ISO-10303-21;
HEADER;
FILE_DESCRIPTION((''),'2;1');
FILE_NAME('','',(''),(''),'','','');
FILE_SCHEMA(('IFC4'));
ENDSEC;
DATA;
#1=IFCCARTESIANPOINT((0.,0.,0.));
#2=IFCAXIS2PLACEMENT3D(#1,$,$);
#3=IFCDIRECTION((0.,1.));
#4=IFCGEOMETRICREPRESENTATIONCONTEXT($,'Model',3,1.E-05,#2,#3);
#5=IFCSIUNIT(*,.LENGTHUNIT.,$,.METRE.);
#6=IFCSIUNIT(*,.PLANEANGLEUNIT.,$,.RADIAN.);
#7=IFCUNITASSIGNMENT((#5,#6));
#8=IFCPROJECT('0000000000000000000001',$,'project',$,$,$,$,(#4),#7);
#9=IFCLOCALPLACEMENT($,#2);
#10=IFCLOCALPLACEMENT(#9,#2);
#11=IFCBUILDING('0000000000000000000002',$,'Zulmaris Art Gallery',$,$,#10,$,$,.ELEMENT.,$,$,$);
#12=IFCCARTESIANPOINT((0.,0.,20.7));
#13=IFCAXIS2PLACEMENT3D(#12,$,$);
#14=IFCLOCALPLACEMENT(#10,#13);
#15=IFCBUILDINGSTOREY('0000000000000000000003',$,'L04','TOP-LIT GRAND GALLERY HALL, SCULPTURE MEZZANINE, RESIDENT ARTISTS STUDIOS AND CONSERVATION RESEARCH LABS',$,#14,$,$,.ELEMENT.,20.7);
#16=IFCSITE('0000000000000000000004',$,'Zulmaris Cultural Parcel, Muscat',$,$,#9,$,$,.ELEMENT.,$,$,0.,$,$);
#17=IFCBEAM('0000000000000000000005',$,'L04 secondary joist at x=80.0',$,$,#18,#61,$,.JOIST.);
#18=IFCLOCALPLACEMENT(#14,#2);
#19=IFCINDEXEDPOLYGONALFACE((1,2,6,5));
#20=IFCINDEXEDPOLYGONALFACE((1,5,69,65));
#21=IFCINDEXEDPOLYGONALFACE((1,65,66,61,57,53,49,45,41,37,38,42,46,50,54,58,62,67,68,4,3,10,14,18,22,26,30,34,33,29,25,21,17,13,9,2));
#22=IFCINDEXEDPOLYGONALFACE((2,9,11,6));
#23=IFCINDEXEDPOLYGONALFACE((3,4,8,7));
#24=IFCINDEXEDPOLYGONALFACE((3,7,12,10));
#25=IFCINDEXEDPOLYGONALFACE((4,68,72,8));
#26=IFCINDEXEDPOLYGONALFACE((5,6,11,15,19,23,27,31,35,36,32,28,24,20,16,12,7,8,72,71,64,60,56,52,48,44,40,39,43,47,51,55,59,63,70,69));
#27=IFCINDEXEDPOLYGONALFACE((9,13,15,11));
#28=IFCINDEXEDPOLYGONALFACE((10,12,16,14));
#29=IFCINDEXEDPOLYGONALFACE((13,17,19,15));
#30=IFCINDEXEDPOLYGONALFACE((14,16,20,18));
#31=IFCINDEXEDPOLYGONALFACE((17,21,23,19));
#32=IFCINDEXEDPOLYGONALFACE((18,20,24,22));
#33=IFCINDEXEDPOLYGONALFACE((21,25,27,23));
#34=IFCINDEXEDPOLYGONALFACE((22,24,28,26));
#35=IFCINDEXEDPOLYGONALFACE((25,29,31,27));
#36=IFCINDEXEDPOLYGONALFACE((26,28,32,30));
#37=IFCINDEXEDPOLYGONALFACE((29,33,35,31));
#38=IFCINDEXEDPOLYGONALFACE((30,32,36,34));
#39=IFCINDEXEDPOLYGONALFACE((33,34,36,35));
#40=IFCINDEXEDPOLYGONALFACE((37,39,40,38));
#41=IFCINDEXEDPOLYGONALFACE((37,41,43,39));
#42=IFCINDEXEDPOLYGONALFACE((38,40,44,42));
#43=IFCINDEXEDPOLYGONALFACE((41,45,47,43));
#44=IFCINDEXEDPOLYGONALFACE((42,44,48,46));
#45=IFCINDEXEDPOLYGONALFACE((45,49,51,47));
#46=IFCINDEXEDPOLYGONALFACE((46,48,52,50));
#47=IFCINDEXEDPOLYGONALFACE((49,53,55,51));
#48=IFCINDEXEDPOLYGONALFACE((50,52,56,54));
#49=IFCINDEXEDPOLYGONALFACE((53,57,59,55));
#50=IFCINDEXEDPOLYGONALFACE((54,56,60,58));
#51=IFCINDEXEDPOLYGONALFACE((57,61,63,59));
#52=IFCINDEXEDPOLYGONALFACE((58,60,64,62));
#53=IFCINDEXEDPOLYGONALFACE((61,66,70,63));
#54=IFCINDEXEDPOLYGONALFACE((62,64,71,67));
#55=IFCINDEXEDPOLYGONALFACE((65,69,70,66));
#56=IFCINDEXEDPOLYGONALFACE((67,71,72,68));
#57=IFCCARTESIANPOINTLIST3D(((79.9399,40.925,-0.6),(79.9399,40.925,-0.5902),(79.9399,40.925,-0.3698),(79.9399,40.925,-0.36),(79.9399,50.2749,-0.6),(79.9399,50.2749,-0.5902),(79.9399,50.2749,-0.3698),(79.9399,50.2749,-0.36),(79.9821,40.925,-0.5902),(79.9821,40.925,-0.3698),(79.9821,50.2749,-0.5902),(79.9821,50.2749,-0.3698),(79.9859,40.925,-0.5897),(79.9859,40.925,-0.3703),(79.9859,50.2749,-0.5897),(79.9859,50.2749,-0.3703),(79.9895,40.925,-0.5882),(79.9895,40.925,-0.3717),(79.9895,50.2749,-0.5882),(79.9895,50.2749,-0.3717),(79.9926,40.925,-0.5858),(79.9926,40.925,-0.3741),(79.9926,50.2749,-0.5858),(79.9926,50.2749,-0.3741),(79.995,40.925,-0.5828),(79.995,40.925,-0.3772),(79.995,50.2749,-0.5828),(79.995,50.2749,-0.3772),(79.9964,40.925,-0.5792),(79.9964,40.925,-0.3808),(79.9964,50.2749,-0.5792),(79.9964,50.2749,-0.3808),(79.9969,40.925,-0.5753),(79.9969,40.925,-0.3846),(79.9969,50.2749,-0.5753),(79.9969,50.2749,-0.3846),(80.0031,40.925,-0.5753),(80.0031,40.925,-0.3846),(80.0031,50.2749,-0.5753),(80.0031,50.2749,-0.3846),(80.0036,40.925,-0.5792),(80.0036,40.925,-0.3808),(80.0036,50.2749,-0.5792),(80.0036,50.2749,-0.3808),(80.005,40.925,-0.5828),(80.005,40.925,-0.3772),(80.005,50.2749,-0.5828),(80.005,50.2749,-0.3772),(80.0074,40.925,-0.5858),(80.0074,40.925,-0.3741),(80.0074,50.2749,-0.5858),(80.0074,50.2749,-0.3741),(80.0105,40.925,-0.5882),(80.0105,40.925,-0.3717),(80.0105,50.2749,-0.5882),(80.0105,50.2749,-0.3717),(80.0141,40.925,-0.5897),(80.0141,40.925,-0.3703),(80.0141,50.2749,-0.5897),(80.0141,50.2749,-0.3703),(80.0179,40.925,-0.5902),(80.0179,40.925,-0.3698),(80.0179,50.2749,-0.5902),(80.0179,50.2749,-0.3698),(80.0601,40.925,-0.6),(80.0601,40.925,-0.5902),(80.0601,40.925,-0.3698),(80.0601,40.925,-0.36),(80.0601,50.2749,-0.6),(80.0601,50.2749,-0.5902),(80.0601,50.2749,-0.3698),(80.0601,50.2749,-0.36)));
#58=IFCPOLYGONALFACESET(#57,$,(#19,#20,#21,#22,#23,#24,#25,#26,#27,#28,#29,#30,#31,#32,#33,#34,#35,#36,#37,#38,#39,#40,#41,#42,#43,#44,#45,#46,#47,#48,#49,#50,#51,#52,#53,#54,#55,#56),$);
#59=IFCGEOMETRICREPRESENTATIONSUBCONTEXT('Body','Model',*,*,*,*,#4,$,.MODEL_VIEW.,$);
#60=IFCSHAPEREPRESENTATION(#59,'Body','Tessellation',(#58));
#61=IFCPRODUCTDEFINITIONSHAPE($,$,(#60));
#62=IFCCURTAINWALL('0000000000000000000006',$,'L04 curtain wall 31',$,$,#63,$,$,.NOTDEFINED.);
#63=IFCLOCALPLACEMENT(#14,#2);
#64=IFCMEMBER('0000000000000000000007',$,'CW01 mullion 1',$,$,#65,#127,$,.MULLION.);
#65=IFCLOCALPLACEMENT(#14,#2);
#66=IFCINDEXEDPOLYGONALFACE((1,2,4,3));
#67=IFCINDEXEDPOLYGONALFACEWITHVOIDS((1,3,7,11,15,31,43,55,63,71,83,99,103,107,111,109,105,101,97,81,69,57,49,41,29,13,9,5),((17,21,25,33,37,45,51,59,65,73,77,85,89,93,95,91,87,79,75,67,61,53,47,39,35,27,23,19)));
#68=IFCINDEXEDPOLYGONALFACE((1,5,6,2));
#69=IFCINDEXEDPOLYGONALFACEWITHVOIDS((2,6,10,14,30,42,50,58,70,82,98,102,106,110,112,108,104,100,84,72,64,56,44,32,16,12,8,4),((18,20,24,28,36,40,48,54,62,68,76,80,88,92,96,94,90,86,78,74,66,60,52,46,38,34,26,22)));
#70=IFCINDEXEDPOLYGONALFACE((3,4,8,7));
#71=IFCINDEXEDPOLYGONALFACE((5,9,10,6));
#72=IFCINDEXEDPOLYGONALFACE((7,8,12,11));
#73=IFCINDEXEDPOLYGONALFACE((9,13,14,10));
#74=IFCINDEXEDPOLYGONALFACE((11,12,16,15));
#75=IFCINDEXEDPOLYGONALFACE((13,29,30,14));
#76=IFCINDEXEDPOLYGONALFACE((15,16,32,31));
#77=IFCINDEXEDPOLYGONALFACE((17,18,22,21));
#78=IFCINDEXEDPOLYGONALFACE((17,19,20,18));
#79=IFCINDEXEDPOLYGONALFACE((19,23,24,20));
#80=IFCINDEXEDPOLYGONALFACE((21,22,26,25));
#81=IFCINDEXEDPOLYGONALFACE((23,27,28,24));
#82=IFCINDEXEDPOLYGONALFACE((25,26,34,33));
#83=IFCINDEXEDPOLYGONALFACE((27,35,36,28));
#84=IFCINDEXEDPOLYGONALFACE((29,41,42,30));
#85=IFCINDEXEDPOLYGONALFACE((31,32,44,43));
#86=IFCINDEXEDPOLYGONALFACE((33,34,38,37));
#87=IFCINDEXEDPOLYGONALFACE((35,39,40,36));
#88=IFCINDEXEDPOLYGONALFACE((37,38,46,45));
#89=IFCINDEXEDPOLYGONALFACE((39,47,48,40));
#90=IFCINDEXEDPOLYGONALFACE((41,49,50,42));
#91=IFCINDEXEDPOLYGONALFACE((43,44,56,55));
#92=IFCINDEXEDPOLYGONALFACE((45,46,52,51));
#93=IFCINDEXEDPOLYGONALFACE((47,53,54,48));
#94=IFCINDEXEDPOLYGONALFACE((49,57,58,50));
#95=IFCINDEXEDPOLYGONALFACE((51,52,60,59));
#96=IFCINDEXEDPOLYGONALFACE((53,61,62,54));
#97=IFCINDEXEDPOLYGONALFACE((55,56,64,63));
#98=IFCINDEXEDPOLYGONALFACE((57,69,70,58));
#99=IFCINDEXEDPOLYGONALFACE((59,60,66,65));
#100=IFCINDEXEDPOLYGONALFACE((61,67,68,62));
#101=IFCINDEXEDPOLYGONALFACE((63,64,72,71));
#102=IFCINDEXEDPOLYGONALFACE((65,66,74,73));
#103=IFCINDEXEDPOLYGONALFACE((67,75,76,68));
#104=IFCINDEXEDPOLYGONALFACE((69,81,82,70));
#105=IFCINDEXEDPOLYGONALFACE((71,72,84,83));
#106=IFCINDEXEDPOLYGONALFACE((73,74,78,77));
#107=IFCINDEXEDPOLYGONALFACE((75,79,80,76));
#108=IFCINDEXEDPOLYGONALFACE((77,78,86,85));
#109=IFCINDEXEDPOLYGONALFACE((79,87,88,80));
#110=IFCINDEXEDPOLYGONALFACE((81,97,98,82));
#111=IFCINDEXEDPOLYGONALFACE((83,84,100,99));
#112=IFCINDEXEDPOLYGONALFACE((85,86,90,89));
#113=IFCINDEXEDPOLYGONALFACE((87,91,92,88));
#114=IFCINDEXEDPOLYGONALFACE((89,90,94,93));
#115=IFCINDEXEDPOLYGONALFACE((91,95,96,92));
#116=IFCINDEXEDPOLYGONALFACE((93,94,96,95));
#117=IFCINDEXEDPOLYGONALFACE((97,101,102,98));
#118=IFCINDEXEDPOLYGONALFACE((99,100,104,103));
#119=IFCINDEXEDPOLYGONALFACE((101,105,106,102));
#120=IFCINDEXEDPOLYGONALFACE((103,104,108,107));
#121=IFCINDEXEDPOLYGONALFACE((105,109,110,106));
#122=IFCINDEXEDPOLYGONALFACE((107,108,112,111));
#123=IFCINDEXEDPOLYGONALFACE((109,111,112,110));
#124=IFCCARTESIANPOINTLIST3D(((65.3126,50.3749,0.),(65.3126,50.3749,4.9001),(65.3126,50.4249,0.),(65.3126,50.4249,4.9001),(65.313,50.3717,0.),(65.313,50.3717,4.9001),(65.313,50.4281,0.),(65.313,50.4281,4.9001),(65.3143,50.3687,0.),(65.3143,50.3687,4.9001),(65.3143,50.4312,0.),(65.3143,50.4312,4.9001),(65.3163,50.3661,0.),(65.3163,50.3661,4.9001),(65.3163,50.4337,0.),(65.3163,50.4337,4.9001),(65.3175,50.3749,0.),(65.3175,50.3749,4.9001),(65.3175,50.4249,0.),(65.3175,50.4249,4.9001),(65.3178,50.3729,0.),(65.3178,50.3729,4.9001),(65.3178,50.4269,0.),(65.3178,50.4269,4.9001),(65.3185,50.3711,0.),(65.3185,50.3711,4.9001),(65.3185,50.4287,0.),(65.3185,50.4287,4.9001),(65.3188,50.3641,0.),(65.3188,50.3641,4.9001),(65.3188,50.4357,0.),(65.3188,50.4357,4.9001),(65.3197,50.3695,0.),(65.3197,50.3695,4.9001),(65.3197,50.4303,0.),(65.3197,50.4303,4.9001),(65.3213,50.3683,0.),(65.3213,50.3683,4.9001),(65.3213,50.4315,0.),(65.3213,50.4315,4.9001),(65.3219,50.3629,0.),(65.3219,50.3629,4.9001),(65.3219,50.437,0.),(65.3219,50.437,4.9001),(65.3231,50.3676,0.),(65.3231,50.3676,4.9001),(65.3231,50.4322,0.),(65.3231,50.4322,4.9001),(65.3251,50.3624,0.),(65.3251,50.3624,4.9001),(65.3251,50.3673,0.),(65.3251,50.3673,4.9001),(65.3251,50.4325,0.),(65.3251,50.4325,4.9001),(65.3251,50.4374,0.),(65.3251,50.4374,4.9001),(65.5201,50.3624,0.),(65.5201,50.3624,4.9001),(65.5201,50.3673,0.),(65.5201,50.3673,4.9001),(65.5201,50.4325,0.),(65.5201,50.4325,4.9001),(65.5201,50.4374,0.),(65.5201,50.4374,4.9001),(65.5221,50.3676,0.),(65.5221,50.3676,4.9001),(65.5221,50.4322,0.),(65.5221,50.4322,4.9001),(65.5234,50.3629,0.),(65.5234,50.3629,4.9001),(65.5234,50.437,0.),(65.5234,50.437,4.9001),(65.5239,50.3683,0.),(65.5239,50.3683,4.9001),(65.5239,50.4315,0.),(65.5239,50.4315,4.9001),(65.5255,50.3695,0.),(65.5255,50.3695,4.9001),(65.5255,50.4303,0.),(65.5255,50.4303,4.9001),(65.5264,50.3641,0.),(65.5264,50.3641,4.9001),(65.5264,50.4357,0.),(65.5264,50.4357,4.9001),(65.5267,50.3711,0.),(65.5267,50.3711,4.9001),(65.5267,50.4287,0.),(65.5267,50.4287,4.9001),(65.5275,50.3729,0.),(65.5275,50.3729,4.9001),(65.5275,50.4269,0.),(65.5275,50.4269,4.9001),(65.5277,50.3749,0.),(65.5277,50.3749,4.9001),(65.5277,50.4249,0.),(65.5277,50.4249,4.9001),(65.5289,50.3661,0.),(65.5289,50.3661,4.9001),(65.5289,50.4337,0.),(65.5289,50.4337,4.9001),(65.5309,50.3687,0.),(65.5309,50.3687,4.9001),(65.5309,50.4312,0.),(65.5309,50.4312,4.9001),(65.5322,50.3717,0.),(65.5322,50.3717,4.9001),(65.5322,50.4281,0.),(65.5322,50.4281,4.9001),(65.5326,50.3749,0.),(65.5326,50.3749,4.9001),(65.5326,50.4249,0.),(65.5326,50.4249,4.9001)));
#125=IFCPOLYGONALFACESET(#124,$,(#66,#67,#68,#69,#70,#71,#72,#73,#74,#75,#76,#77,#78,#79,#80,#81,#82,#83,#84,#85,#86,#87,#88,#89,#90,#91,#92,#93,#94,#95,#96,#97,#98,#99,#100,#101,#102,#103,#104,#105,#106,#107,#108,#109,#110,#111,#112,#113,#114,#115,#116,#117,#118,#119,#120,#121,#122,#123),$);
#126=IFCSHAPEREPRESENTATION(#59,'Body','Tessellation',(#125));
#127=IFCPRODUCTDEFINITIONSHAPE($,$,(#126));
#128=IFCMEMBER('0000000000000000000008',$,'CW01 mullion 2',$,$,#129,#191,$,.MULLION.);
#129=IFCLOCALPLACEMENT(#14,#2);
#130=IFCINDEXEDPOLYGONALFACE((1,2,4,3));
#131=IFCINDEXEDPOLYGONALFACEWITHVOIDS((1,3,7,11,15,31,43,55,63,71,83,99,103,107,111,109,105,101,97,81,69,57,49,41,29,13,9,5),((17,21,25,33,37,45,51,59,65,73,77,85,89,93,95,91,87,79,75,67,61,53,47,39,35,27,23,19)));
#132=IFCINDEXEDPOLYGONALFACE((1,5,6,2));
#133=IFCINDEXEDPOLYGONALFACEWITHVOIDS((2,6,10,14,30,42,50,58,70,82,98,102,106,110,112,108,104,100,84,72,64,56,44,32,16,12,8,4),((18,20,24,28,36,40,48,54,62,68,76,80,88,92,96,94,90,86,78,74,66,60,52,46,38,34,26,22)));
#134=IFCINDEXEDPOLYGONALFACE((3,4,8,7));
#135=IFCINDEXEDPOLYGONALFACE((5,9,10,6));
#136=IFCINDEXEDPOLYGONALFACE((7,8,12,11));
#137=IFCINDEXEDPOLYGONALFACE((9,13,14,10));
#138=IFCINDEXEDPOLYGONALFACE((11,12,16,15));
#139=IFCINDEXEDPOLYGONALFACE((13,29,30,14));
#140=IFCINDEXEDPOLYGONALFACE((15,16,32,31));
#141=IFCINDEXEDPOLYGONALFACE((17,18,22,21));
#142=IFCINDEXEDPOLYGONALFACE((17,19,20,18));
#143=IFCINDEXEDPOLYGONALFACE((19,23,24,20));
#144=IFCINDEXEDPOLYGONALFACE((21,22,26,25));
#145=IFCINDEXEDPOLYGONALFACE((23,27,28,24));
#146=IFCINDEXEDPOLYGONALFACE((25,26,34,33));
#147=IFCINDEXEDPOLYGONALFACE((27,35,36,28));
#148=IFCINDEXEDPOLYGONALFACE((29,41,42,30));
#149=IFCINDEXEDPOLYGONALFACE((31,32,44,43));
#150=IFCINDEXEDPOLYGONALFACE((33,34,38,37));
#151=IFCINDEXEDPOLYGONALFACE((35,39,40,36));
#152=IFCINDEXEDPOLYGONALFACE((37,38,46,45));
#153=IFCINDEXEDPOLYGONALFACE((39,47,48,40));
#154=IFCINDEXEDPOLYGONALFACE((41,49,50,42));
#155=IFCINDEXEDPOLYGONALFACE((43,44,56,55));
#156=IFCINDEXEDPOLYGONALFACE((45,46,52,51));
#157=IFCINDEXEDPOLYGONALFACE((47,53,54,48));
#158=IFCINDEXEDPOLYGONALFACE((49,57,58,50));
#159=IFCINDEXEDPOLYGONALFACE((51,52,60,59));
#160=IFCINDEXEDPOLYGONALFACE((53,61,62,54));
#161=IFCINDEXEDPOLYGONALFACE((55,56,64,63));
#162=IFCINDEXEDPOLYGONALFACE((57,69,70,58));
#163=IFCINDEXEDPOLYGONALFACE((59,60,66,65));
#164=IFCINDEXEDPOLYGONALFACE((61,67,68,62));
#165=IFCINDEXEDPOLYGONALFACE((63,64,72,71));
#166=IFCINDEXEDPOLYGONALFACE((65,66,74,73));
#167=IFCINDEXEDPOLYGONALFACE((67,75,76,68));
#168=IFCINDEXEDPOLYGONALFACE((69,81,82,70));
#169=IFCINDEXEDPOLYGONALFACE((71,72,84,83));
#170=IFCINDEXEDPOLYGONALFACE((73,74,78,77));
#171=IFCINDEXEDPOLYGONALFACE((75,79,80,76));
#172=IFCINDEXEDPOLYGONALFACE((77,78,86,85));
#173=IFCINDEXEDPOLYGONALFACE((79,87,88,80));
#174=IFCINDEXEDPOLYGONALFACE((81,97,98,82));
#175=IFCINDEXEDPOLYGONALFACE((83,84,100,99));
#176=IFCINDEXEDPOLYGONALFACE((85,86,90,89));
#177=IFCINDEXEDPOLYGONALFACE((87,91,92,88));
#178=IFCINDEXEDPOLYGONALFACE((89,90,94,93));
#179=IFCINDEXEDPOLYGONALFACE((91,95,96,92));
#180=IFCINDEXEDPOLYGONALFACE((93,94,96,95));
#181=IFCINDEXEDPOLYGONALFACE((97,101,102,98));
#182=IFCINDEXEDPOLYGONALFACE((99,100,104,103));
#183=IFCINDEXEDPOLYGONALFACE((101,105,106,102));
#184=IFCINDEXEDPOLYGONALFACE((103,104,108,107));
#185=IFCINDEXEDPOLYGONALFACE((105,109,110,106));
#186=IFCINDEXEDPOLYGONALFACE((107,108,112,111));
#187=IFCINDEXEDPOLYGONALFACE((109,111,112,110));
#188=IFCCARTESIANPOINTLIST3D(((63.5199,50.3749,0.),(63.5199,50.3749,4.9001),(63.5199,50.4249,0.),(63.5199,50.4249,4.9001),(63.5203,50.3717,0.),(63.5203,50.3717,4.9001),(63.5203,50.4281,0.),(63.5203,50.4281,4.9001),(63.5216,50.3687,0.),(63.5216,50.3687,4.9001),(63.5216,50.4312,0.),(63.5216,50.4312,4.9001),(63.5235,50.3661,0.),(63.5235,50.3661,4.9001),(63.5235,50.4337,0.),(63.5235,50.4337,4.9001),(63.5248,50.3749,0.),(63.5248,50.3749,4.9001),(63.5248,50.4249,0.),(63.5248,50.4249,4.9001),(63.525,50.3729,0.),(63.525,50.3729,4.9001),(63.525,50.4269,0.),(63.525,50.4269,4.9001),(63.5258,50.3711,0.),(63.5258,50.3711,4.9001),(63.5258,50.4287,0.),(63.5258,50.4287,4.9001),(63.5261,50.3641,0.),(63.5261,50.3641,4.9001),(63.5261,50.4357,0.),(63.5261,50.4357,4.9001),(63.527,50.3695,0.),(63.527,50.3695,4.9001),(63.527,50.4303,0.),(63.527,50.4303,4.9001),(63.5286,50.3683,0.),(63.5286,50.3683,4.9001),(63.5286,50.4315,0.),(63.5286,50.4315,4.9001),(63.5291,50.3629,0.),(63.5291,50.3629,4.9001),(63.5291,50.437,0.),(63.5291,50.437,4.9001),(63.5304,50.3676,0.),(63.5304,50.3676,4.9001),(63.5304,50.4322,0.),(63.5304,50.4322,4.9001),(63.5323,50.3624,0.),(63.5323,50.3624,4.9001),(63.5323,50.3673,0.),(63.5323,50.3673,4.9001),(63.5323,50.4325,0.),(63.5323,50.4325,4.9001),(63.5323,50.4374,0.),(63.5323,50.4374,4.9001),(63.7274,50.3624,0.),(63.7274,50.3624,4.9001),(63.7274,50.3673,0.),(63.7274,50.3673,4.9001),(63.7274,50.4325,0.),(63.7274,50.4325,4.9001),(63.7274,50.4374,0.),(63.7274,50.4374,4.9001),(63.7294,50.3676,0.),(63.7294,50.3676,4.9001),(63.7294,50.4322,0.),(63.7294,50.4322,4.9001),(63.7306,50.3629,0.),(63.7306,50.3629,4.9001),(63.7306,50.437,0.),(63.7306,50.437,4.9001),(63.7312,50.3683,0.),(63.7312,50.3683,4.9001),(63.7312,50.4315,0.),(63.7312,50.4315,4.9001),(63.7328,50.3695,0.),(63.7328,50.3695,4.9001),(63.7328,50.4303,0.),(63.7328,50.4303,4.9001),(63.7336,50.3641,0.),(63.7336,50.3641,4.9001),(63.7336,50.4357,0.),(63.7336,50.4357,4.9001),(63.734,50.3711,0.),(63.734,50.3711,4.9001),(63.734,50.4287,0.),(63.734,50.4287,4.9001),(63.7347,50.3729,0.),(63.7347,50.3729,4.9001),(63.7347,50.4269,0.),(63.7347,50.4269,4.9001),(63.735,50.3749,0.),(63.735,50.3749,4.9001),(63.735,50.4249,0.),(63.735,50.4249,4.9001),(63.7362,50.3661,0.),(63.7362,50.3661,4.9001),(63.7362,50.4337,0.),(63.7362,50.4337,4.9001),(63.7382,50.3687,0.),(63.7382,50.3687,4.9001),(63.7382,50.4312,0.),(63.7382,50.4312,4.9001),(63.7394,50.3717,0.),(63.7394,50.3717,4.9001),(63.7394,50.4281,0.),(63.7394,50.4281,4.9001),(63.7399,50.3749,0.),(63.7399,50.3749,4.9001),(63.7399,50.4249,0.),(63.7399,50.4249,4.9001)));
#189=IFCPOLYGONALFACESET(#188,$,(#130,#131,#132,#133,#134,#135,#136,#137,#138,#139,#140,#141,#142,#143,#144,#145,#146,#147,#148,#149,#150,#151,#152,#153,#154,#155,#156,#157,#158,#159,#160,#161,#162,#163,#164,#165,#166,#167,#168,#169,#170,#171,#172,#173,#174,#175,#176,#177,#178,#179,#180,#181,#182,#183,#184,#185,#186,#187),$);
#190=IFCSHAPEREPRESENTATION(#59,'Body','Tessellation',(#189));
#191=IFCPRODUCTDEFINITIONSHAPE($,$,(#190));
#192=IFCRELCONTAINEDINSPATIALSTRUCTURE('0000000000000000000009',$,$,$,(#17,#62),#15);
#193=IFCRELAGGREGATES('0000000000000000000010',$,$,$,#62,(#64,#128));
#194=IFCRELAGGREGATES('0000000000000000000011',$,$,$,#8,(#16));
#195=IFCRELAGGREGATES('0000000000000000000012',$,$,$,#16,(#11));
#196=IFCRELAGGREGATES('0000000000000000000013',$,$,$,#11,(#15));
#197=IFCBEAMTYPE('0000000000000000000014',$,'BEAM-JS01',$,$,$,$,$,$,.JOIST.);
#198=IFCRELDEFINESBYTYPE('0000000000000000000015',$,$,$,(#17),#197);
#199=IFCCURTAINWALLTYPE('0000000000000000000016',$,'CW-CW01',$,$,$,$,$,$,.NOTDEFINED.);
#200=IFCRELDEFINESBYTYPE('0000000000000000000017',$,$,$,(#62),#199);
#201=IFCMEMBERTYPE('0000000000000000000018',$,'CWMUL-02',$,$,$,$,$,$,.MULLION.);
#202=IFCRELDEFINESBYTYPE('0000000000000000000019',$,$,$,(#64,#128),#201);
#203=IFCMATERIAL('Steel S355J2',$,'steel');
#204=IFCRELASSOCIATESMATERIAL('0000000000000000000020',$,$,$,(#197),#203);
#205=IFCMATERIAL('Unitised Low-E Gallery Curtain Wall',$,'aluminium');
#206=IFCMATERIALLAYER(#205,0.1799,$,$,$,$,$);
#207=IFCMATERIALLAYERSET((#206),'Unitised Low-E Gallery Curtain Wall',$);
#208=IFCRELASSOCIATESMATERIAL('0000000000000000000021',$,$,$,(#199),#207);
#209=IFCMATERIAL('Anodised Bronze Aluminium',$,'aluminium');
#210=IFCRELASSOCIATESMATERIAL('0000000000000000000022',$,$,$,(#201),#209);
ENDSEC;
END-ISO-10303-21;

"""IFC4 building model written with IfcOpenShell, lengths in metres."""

from ifc_helpers import new_model, si_unit, direction, frame, origin, origin_2d, place, context, subcontext, project, spatial, hollow_rectangle, i_section, extrude, material, layer, layer_set, material_profile, profile_set, type_object, element, aggregate, save


model = new_model("IFC4")

# Units and contexts
model_context = context("Model", 3, precision=1e-05, world=origin(), true_north=direction((0.0, 1.0)))
body_context = subcontext(model_context, "Body", "Model", "MODEL_VIEW")
ifc_project = project(units=[si_unit("LENGTHUNIT", "METRE"), si_unit("PLANEANGLEUNIT", "RADIAN")], contexts=[model_context])

# Site, building, storey
site_placement = place(None, origin())
site = spatial("IfcSite", under=ifc_project, at=site_placement, Name="Zulmaris Cultural Parcel, Muscat", CompositionType="ELEMENT", RefElevation=0.0)
building_placement = place(site_placement, origin())
building = spatial("IfcBuilding", under=site, at=building_placement, Name="Zulmaris Art Gallery", CompositionType="ELEMENT")
storey_placement = place(building_placement, frame((0.0, 0.0, 20.7)))
storey = spatial("IfcBuildingStorey", under=building, at=storey_placement, Name="L04", Description="TOP-LIT GRAND GALLERY HALL, SCULPTURE MEZZANINE, RESIDENT ARTISTS STUDIOS AND CONSERVATION RESEARCH LABS", CompositionType="ELEMENT", Elevation=20.7)

# Beam
ifc_material_1 = material(Name="Steel S355J2", Category="steel")
ifc_material_profile_1 = material_profile(ifc_material_1, i_section(OverallWidth=0.1201, OverallDepth=0.24, WebThickness=0.0061, FlangeThickness=0.0098, FilletRadius=0.0149, at=origin_2d()), Name="IPE 240")
ifc_profile_set_1 = profile_set([ifc_material_profile_1], Name="Steel S355J2")
beam_type_1 = type_object("IfcBeamType", Name="BEAM-JS01", PredefinedType="JOIST", material=ifc_profile_set_1)
for number, where, z_axis, x_axis, name in (
    (1, (80.0, 40.925, -0.48), (0.0, 1.0, 0.0), (-1.0, 0.0, 0.0), "L04 secondary joist at x=80.0"),
):
    element("IfcBeam", number, at=place(storey_placement, frame(where, z_axis=z_axis, x_axis=x_axis)), inside=storey, type_object=beam_type_1, Name=name, PredefinedType="JOIST", context=body_context, shape_type="SweptSolid", body=[
        extrude(i_section(OverallWidth=0.1201, OverallDepth=0.24, WebThickness=0.0061, FlangeThickness=0.0098, FilletRadius=0.0149, at=origin_2d()), origin(), (0.0, 0.0, 1.0), 9.3499),
    ])

# Curtain wall, members
ifc_material_2 = material(Name="Unitised Low-E Gallery Curtain Wall", Category="aluminium")
ifc_layer_1 = layer(ifc_material_2, 0.1799)
ifc_layer_set_1 = layer_set([ifc_layer_1], Name="Unitised Low-E Gallery Curtain Wall")
curtain_wall_type = type_object("IfcCurtainWallType", Name="CW-CW01", PredefinedType="NOTDEFINED", material=ifc_layer_set_1)
curtain_wall_placement = place(storey_placement, origin())
curtain_wall = element("IfcCurtainWall", 2, at=curtain_wall_placement, inside=storey, type_object=curtain_wall_type, Name="L04 curtain wall 31", PredefinedType="NOTDEFINED")
ifc_material_3 = material(Name="Anodised Bronze Aluminium", Category="aluminium")
ifc_material_profile_2 = material_profile(ifc_material_3, hollow_rectangle(XDim=0.075, YDim=0.22, WallThickness=0.0049, InnerFilletRadius=0.0076, OuterFilletRadius=0.0125, at=origin_2d()), Name="ALU 75x220x5")
ifc_profile_set_2 = profile_set([ifc_material_profile_2], Name="Anodised Bronze Aluminium")
member_type_1 = type_object("IfcMemberType", Name="CWMUL-02", PredefinedType="MULLION", material=ifc_profile_set_2)
member_1_placement = place(storey_placement, frame((65.4226, 50.3999, 0.0), z_axis=(0.0, 0.0, 1.0), x_axis=(0.0, -1.0, 0.0)))
member_1 = element("IfcMember", 3, at=member_1_placement, type_object=member_type_1, Name="CW01 mullion 1", PredefinedType="MULLION", context=body_context, shape_type="SweptSolid", body=[
    extrude(hollow_rectangle(XDim=0.075, YDim=0.22, WallThickness=0.0049, InnerFilletRadius=0.0076, OuterFilletRadius=0.0125, at=origin_2d()), origin(), (0.0, 0.0, 1.0), 4.9001),
])
member_2_placement = place(storey_placement, frame((63.6299, 50.3999, 0.0), z_axis=(0.0, 0.0, 1.0), x_axis=(0.0, -1.0, 0.0)))
member_2 = element("IfcMember", 4, at=member_2_placement, type_object=member_type_1, Name="CW01 mullion 2", PredefinedType="MULLION", context=body_context, shape_type="SweptSolid", body=[
    extrude(hollow_rectangle(XDim=0.075, YDim=0.22, WallThickness=0.0049, InnerFilletRadius=0.0076, OuterFilletRadius=0.0125, at=origin_2d()), origin(), (0.0, 0.0, 1.0), 4.9001),
])
aggregate(curtain_wall, [member_1, member_2])

save(model, "model.ifc")
